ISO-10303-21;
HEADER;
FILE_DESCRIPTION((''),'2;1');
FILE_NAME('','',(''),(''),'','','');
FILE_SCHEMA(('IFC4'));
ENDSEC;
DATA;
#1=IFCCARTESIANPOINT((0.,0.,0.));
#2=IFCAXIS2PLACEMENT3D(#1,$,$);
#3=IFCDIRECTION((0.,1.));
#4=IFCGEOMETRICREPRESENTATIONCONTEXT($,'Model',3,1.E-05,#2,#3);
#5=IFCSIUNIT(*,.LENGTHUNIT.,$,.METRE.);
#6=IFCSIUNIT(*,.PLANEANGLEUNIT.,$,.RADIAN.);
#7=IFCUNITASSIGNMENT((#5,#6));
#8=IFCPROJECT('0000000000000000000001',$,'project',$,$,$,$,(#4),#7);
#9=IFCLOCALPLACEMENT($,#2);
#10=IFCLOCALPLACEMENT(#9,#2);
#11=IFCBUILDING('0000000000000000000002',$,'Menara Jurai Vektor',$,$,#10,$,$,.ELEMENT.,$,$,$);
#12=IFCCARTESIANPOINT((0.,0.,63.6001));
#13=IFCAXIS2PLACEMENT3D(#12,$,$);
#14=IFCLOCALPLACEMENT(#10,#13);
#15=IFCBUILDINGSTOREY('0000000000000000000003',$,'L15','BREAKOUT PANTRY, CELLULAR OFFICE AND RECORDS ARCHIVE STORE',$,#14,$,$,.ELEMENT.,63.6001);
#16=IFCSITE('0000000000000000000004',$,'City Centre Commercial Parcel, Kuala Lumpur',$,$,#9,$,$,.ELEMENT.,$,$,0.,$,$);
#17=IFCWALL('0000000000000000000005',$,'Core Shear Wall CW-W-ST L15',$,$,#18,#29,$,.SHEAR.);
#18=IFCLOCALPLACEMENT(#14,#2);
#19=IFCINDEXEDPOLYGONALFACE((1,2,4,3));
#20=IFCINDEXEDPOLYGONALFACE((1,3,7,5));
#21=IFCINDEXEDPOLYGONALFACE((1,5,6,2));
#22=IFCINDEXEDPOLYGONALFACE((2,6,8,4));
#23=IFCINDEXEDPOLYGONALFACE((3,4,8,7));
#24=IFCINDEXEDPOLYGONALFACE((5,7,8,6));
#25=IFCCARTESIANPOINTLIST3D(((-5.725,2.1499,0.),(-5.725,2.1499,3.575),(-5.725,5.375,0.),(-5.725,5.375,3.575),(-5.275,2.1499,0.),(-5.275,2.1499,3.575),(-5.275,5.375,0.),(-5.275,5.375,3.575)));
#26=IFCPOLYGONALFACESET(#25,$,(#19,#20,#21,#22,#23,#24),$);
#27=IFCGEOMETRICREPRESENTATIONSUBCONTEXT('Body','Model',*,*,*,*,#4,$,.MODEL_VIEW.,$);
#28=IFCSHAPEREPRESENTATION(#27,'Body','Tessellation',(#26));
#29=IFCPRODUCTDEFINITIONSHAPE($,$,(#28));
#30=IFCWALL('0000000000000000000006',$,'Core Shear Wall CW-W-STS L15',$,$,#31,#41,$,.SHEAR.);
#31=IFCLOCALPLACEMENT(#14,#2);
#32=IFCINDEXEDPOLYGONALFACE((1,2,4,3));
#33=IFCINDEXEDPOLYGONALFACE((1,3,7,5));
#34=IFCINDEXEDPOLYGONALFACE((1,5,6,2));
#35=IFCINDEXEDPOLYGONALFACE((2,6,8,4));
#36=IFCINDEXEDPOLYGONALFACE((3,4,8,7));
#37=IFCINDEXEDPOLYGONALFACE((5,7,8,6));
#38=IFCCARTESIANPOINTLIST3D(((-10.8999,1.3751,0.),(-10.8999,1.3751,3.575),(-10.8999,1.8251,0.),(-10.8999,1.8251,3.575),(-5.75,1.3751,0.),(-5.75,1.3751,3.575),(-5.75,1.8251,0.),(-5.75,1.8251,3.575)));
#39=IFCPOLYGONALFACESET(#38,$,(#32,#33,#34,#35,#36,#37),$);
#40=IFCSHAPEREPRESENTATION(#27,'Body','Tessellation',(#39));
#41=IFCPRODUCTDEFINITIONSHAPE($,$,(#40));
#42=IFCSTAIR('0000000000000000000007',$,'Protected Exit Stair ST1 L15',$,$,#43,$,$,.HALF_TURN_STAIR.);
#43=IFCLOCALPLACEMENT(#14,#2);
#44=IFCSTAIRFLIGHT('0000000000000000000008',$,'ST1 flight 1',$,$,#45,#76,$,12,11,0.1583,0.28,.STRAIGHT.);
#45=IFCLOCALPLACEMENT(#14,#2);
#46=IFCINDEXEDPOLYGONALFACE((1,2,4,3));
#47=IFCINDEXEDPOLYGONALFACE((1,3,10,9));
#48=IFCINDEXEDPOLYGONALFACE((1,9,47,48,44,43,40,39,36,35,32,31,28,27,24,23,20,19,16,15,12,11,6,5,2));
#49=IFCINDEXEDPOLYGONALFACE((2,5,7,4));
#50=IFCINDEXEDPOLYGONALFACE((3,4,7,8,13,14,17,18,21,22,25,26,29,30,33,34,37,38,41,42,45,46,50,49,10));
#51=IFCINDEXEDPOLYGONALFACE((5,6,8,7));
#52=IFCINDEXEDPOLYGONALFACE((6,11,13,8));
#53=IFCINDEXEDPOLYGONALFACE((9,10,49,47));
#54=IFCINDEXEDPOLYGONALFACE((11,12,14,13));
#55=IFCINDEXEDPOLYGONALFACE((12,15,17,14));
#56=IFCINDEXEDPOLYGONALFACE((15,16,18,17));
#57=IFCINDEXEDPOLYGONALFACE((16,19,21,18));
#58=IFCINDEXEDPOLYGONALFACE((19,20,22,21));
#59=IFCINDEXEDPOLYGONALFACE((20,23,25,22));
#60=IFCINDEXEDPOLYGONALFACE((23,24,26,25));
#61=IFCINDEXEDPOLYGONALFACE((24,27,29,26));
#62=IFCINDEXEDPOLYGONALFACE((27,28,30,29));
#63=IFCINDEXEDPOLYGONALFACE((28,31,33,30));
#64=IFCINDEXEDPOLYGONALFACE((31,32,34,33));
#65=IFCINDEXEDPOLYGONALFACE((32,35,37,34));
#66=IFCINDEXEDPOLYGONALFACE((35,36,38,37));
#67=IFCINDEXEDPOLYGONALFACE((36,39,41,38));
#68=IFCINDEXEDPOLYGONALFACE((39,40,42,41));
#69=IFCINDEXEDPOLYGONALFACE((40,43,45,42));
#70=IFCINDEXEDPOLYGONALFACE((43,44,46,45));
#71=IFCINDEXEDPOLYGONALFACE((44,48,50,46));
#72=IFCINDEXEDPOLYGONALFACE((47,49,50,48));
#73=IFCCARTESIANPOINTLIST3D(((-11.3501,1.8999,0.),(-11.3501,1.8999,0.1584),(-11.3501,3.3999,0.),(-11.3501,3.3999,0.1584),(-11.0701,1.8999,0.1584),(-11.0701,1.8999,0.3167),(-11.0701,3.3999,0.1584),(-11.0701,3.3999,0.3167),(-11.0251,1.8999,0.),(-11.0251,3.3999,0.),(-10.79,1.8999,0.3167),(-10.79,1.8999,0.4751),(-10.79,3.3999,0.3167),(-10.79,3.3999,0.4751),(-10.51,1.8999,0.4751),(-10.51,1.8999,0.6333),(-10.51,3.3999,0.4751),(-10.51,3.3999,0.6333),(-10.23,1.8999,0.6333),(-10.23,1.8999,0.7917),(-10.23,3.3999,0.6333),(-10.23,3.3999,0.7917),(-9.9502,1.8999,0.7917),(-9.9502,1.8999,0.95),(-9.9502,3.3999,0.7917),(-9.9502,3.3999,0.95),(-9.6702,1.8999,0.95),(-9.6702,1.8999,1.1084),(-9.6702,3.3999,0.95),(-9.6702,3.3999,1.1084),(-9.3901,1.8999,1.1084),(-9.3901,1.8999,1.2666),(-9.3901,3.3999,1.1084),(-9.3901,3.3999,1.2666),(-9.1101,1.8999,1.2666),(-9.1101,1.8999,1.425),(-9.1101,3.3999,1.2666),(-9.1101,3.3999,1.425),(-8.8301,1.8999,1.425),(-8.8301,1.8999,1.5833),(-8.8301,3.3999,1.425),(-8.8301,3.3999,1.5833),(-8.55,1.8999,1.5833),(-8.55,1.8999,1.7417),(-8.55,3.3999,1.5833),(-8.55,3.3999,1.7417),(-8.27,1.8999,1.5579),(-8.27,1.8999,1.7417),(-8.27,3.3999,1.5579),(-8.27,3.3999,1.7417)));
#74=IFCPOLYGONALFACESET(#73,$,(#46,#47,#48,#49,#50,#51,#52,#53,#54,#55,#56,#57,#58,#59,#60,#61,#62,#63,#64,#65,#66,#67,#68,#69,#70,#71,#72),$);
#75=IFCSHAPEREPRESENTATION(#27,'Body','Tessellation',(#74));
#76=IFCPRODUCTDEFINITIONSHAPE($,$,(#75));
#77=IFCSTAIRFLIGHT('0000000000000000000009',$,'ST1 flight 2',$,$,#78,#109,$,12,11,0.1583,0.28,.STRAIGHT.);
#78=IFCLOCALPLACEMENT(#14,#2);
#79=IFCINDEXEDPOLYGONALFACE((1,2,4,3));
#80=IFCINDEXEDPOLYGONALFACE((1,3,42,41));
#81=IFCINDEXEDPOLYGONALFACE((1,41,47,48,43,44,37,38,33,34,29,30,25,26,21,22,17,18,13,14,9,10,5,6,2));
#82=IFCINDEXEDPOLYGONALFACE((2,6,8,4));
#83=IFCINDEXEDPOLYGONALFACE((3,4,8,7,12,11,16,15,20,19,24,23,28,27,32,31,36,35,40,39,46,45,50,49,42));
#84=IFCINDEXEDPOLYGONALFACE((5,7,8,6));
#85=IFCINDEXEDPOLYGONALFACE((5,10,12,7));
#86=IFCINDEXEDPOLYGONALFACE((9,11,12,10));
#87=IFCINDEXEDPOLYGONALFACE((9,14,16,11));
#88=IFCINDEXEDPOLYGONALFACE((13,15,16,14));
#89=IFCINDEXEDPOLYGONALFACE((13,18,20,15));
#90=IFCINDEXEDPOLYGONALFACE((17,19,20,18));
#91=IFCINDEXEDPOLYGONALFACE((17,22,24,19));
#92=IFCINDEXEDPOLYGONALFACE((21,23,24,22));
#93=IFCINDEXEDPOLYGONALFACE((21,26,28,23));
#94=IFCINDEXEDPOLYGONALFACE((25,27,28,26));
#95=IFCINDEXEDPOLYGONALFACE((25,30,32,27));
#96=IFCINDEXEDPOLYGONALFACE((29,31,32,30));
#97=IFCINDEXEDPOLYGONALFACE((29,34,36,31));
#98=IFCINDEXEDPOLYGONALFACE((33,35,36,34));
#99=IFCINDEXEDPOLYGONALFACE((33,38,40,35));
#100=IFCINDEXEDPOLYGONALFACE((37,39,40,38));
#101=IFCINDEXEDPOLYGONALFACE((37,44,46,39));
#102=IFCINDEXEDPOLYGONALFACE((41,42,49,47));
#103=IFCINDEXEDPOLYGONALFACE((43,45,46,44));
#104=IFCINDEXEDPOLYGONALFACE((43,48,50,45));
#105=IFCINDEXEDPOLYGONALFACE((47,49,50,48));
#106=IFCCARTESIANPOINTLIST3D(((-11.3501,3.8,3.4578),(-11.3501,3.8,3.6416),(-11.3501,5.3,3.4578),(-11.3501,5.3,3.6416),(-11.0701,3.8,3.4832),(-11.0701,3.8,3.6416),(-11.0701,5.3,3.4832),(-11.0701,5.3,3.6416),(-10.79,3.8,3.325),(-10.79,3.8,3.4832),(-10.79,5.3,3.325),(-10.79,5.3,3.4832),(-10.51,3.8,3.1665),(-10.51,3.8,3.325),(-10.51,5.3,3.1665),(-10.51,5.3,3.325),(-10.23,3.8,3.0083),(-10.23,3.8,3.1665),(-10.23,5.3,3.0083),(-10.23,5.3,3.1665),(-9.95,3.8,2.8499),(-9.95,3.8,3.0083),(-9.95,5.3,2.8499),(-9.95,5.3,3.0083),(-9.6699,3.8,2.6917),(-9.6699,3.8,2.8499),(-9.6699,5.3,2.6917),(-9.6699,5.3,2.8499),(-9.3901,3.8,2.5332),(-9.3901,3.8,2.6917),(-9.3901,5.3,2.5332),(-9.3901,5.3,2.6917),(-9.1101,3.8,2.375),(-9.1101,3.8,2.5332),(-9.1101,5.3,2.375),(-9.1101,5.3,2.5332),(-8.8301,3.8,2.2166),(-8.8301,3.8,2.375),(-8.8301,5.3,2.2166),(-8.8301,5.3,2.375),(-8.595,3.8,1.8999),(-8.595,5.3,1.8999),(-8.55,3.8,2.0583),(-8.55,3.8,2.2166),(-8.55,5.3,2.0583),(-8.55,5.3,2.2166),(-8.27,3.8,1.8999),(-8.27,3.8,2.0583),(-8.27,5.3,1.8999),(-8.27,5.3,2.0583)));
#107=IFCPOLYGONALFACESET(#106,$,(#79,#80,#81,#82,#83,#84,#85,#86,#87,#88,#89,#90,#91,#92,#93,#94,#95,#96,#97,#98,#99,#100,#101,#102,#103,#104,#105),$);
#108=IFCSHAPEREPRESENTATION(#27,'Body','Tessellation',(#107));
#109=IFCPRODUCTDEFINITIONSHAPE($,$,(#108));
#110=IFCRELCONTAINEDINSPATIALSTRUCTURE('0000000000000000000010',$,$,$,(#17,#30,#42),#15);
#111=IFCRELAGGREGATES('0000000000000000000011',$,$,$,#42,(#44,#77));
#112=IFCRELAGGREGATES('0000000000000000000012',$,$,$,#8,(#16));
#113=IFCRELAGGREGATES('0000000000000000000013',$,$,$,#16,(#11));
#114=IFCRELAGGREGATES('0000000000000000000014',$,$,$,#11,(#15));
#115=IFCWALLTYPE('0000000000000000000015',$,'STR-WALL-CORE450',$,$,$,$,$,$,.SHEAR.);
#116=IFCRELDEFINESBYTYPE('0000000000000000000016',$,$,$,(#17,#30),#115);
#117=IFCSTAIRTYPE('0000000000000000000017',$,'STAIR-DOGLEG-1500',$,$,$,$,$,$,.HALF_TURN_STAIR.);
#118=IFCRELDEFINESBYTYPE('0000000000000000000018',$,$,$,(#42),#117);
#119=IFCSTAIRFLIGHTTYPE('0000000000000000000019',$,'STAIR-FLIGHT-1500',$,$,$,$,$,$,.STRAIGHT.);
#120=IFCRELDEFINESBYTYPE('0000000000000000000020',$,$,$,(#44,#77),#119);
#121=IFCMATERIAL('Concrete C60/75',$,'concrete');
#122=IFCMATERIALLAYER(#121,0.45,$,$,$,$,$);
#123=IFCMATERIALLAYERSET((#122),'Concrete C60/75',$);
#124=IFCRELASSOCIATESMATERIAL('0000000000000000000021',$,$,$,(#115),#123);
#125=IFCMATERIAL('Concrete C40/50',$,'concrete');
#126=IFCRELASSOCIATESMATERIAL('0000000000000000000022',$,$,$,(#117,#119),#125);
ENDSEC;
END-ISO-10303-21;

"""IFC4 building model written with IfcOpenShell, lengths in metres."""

from ifc_helpers import new_model, si_unit, direction, frame, frame_2d, origin, place, context, subcontext, project, spatial, polyline, rectangle, outline, extrude, material, layer, layer_set, type_object, element, aggregate, save


model = new_model("IFC4")

# Units and contexts
model_context = context("Model", 3, precision=1e-05, world=origin(), true_north=direction((0.0, 1.0)))
body_context = subcontext(model_context, "Body", "Model", "MODEL_VIEW")
ifc_project = project(units=[si_unit("LENGTHUNIT", "METRE"), si_unit("PLANEANGLEUNIT", "RADIAN")], contexts=[model_context])

# Site, building, storey
site_placement = place(None, origin())
site = spatial("IfcSite", under=ifc_project, at=site_placement, Name="City Centre Commercial Parcel, Kuala Lumpur", CompositionType="ELEMENT", RefElevation=0.0)
building_placement = place(site_placement, origin())
building = spatial("IfcBuilding", under=site, at=building_placement, Name="Menara Jurai Vektor", CompositionType="ELEMENT")
storey_placement = place(building_placement, frame((0.0, 0.0, 63.6001)))
storey = spatial("IfcBuildingStorey", under=building, at=storey_placement, Name="L15", Description="BREAKOUT PANTRY, CELLULAR OFFICE AND RECORDS ARCHIVE STORE", CompositionType="ELEMENT", Elevation=63.6001)

# Shared definitions
ifc_material_1 = material(Name="Concrete C60/75", Category="concrete")

# Shared definitions
ifc_material_2 = material(Name="Concrete C40/50", Category="concrete")

# Walls
ifc_layer_1 = layer(ifc_material_1, 0.45)
ifc_layer_set_1 = layer_set([ifc_layer_1], Name="Concrete C60/75")
wall_type_1 = type_object("IfcWallType", Name="STR-WALL-CORE450", PredefinedType="SHEAR", material=ifc_layer_set_1)
wall_1_placement = place(storey_placement, frame((-5.5, 2.1499, 0.0), z_axis=(0.0, 0.0, 1.0), x_axis=(0.0, 1.0, 0.0)))
element("IfcWall", 1, at=wall_1_placement, inside=storey, type_object=wall_type_1, Name="Core Shear Wall CW-W-ST L15", PredefinedType="SHEAR", context=body_context, shape_type="SweptSolid", body=[
    extrude(rectangle(XDim=3.2251, YDim=0.45, at=frame_2d((1.6125, 0.0))), origin(), (0.0, 0.0, 1.0), 3.575),
])
wall_2_placement = place(storey_placement, frame((-10.8999, 1.6001, 0.0), z_axis=(0.0, 0.0, 1.0), x_axis=(1.0, 0.0, 0.0)))
element("IfcWall", 2, at=wall_2_placement, inside=storey, type_object=wall_type_1, Name="Core Shear Wall CW-W-STS L15", PredefinedType="SHEAR", context=body_context, shape_type="SweptSolid", body=[
    extrude(rectangle(XDim=5.1499, YDim=0.45, at=frame_2d((2.575, 0.0))), origin(), (0.0, 0.0, 1.0), 3.575),
])

# Stair, stair flights
stair_type = type_object("IfcStairType", Name="STAIR-DOGLEG-1500", PredefinedType="HALF_TURN_STAIR", material=ifc_material_2)
stair_placement = place(storey_placement, origin())
stair = element("IfcStair", 3, at=stair_placement, inside=storey, type_object=stair_type, Name="Protected Exit Stair ST1 L15", PredefinedType="HALF_TURN_STAIR")
stair_flight_type = type_object("IfcStairFlightType", Name="STAIR-FLIGHT-1500", PredefinedType="STRAIGHT", material=ifc_material_2)
stair_flight_1_placement = place(storey_placement, frame((-11.3501, 2.6499, 0.0), z_axis=(0.0, 0.0, 1.0), x_axis=(1.0, 0.0, 0.0)))
stair_flight_1 = element("IfcStairFlight", 4, at=stair_flight_1_placement, type_object=stair_flight_type, Name="ST1 flight 1", NumberOfRisers=12, NumberOfTreads=11, PredefinedType="STRAIGHT", RiserHeight=0.1583, TreadLength=0.28, context=body_context, shape_type="SweptSolid", body=[
    extrude(outline(polyline([(0.0, 0.0), (0.0, 0.1584), (0.28, 0.1584), (0.28, 0.3167), (0.5601, 0.3167), (0.5601, 0.4751), (0.8401, 0.4751), (0.8401, 0.6333), (1.1201, 0.6333), (1.1201, 0.7917), (1.3999, 0.7917), (1.3999, 0.95), (1.6799, 0.95), (1.6799, 1.1084), (1.96, 1.1084), (1.96, 1.2666), (2.24, 1.2666), (2.24, 1.425), (2.52, 1.425), (2.52, 1.5833), (2.8, 1.5833), (2.8, 1.7417), (3.0801, 1.7417), (3.0801, 1.8999), (3.0801, 1.5579), (0.325, 0.0), (0.0, 0.0)])), frame((0.0, 0.75, 0.0), z_axis=(0.0, -1.0, 0.0), x_axis=(1.0, 0.0, 0.0)), (0.0, 0.0, 1.0), 1.5),
])
stair_flight_2_placement = place(storey_placement, frame((-8.27, 4.55, 1.8999), z_axis=(0.0, 0.0, 1.0), x_axis=(-1.0, 0.0, 0.0)))
stair_flight_2 = element("IfcStairFlight", 5, at=stair_flight_2_placement, type_object=stair_flight_type, Name="ST1 flight 2", NumberOfRisers=12, NumberOfTreads=11, PredefinedType="STRAIGHT", RiserHeight=0.1583, TreadLength=0.28, context=body_context, shape_type="SweptSolid", body=[
    extrude(outline(polyline([(0.0, 0.0), (0.0, 0.1584), (0.28, 0.1584), (0.28, 0.3167), (0.5601, 0.3167), (0.5601, 0.4751), (0.8401, 0.4751), (0.8401, 0.6333), (1.1201, 0.6333), (1.1201, 0.7917), (1.3999, 0.7917), (1.3999, 0.95), (1.6799, 0.95), (1.6799, 1.1084), (1.96, 1.1084), (1.96, 1.2666), (2.24, 1.2666), (2.24, 1.425), (2.52, 1.425), (2.52, 1.5833), (2.8, 1.5833), (2.8, 1.7417), (3.0801, 1.7417), (3.0801, 1.8999), (3.0801, 1.5579), (0.325, 0.0), (0.0, 0.0)])), frame((0.0, 0.75, 0.0), z_axis=(0.0, -1.0, 0.0), x_axis=(1.0, 0.0, 0.0)), (0.0, 0.0, 1.0), 1.5),
])
aggregate(stair, [stair_flight_1, stair_flight_2])

save(model, "model.ifc")
